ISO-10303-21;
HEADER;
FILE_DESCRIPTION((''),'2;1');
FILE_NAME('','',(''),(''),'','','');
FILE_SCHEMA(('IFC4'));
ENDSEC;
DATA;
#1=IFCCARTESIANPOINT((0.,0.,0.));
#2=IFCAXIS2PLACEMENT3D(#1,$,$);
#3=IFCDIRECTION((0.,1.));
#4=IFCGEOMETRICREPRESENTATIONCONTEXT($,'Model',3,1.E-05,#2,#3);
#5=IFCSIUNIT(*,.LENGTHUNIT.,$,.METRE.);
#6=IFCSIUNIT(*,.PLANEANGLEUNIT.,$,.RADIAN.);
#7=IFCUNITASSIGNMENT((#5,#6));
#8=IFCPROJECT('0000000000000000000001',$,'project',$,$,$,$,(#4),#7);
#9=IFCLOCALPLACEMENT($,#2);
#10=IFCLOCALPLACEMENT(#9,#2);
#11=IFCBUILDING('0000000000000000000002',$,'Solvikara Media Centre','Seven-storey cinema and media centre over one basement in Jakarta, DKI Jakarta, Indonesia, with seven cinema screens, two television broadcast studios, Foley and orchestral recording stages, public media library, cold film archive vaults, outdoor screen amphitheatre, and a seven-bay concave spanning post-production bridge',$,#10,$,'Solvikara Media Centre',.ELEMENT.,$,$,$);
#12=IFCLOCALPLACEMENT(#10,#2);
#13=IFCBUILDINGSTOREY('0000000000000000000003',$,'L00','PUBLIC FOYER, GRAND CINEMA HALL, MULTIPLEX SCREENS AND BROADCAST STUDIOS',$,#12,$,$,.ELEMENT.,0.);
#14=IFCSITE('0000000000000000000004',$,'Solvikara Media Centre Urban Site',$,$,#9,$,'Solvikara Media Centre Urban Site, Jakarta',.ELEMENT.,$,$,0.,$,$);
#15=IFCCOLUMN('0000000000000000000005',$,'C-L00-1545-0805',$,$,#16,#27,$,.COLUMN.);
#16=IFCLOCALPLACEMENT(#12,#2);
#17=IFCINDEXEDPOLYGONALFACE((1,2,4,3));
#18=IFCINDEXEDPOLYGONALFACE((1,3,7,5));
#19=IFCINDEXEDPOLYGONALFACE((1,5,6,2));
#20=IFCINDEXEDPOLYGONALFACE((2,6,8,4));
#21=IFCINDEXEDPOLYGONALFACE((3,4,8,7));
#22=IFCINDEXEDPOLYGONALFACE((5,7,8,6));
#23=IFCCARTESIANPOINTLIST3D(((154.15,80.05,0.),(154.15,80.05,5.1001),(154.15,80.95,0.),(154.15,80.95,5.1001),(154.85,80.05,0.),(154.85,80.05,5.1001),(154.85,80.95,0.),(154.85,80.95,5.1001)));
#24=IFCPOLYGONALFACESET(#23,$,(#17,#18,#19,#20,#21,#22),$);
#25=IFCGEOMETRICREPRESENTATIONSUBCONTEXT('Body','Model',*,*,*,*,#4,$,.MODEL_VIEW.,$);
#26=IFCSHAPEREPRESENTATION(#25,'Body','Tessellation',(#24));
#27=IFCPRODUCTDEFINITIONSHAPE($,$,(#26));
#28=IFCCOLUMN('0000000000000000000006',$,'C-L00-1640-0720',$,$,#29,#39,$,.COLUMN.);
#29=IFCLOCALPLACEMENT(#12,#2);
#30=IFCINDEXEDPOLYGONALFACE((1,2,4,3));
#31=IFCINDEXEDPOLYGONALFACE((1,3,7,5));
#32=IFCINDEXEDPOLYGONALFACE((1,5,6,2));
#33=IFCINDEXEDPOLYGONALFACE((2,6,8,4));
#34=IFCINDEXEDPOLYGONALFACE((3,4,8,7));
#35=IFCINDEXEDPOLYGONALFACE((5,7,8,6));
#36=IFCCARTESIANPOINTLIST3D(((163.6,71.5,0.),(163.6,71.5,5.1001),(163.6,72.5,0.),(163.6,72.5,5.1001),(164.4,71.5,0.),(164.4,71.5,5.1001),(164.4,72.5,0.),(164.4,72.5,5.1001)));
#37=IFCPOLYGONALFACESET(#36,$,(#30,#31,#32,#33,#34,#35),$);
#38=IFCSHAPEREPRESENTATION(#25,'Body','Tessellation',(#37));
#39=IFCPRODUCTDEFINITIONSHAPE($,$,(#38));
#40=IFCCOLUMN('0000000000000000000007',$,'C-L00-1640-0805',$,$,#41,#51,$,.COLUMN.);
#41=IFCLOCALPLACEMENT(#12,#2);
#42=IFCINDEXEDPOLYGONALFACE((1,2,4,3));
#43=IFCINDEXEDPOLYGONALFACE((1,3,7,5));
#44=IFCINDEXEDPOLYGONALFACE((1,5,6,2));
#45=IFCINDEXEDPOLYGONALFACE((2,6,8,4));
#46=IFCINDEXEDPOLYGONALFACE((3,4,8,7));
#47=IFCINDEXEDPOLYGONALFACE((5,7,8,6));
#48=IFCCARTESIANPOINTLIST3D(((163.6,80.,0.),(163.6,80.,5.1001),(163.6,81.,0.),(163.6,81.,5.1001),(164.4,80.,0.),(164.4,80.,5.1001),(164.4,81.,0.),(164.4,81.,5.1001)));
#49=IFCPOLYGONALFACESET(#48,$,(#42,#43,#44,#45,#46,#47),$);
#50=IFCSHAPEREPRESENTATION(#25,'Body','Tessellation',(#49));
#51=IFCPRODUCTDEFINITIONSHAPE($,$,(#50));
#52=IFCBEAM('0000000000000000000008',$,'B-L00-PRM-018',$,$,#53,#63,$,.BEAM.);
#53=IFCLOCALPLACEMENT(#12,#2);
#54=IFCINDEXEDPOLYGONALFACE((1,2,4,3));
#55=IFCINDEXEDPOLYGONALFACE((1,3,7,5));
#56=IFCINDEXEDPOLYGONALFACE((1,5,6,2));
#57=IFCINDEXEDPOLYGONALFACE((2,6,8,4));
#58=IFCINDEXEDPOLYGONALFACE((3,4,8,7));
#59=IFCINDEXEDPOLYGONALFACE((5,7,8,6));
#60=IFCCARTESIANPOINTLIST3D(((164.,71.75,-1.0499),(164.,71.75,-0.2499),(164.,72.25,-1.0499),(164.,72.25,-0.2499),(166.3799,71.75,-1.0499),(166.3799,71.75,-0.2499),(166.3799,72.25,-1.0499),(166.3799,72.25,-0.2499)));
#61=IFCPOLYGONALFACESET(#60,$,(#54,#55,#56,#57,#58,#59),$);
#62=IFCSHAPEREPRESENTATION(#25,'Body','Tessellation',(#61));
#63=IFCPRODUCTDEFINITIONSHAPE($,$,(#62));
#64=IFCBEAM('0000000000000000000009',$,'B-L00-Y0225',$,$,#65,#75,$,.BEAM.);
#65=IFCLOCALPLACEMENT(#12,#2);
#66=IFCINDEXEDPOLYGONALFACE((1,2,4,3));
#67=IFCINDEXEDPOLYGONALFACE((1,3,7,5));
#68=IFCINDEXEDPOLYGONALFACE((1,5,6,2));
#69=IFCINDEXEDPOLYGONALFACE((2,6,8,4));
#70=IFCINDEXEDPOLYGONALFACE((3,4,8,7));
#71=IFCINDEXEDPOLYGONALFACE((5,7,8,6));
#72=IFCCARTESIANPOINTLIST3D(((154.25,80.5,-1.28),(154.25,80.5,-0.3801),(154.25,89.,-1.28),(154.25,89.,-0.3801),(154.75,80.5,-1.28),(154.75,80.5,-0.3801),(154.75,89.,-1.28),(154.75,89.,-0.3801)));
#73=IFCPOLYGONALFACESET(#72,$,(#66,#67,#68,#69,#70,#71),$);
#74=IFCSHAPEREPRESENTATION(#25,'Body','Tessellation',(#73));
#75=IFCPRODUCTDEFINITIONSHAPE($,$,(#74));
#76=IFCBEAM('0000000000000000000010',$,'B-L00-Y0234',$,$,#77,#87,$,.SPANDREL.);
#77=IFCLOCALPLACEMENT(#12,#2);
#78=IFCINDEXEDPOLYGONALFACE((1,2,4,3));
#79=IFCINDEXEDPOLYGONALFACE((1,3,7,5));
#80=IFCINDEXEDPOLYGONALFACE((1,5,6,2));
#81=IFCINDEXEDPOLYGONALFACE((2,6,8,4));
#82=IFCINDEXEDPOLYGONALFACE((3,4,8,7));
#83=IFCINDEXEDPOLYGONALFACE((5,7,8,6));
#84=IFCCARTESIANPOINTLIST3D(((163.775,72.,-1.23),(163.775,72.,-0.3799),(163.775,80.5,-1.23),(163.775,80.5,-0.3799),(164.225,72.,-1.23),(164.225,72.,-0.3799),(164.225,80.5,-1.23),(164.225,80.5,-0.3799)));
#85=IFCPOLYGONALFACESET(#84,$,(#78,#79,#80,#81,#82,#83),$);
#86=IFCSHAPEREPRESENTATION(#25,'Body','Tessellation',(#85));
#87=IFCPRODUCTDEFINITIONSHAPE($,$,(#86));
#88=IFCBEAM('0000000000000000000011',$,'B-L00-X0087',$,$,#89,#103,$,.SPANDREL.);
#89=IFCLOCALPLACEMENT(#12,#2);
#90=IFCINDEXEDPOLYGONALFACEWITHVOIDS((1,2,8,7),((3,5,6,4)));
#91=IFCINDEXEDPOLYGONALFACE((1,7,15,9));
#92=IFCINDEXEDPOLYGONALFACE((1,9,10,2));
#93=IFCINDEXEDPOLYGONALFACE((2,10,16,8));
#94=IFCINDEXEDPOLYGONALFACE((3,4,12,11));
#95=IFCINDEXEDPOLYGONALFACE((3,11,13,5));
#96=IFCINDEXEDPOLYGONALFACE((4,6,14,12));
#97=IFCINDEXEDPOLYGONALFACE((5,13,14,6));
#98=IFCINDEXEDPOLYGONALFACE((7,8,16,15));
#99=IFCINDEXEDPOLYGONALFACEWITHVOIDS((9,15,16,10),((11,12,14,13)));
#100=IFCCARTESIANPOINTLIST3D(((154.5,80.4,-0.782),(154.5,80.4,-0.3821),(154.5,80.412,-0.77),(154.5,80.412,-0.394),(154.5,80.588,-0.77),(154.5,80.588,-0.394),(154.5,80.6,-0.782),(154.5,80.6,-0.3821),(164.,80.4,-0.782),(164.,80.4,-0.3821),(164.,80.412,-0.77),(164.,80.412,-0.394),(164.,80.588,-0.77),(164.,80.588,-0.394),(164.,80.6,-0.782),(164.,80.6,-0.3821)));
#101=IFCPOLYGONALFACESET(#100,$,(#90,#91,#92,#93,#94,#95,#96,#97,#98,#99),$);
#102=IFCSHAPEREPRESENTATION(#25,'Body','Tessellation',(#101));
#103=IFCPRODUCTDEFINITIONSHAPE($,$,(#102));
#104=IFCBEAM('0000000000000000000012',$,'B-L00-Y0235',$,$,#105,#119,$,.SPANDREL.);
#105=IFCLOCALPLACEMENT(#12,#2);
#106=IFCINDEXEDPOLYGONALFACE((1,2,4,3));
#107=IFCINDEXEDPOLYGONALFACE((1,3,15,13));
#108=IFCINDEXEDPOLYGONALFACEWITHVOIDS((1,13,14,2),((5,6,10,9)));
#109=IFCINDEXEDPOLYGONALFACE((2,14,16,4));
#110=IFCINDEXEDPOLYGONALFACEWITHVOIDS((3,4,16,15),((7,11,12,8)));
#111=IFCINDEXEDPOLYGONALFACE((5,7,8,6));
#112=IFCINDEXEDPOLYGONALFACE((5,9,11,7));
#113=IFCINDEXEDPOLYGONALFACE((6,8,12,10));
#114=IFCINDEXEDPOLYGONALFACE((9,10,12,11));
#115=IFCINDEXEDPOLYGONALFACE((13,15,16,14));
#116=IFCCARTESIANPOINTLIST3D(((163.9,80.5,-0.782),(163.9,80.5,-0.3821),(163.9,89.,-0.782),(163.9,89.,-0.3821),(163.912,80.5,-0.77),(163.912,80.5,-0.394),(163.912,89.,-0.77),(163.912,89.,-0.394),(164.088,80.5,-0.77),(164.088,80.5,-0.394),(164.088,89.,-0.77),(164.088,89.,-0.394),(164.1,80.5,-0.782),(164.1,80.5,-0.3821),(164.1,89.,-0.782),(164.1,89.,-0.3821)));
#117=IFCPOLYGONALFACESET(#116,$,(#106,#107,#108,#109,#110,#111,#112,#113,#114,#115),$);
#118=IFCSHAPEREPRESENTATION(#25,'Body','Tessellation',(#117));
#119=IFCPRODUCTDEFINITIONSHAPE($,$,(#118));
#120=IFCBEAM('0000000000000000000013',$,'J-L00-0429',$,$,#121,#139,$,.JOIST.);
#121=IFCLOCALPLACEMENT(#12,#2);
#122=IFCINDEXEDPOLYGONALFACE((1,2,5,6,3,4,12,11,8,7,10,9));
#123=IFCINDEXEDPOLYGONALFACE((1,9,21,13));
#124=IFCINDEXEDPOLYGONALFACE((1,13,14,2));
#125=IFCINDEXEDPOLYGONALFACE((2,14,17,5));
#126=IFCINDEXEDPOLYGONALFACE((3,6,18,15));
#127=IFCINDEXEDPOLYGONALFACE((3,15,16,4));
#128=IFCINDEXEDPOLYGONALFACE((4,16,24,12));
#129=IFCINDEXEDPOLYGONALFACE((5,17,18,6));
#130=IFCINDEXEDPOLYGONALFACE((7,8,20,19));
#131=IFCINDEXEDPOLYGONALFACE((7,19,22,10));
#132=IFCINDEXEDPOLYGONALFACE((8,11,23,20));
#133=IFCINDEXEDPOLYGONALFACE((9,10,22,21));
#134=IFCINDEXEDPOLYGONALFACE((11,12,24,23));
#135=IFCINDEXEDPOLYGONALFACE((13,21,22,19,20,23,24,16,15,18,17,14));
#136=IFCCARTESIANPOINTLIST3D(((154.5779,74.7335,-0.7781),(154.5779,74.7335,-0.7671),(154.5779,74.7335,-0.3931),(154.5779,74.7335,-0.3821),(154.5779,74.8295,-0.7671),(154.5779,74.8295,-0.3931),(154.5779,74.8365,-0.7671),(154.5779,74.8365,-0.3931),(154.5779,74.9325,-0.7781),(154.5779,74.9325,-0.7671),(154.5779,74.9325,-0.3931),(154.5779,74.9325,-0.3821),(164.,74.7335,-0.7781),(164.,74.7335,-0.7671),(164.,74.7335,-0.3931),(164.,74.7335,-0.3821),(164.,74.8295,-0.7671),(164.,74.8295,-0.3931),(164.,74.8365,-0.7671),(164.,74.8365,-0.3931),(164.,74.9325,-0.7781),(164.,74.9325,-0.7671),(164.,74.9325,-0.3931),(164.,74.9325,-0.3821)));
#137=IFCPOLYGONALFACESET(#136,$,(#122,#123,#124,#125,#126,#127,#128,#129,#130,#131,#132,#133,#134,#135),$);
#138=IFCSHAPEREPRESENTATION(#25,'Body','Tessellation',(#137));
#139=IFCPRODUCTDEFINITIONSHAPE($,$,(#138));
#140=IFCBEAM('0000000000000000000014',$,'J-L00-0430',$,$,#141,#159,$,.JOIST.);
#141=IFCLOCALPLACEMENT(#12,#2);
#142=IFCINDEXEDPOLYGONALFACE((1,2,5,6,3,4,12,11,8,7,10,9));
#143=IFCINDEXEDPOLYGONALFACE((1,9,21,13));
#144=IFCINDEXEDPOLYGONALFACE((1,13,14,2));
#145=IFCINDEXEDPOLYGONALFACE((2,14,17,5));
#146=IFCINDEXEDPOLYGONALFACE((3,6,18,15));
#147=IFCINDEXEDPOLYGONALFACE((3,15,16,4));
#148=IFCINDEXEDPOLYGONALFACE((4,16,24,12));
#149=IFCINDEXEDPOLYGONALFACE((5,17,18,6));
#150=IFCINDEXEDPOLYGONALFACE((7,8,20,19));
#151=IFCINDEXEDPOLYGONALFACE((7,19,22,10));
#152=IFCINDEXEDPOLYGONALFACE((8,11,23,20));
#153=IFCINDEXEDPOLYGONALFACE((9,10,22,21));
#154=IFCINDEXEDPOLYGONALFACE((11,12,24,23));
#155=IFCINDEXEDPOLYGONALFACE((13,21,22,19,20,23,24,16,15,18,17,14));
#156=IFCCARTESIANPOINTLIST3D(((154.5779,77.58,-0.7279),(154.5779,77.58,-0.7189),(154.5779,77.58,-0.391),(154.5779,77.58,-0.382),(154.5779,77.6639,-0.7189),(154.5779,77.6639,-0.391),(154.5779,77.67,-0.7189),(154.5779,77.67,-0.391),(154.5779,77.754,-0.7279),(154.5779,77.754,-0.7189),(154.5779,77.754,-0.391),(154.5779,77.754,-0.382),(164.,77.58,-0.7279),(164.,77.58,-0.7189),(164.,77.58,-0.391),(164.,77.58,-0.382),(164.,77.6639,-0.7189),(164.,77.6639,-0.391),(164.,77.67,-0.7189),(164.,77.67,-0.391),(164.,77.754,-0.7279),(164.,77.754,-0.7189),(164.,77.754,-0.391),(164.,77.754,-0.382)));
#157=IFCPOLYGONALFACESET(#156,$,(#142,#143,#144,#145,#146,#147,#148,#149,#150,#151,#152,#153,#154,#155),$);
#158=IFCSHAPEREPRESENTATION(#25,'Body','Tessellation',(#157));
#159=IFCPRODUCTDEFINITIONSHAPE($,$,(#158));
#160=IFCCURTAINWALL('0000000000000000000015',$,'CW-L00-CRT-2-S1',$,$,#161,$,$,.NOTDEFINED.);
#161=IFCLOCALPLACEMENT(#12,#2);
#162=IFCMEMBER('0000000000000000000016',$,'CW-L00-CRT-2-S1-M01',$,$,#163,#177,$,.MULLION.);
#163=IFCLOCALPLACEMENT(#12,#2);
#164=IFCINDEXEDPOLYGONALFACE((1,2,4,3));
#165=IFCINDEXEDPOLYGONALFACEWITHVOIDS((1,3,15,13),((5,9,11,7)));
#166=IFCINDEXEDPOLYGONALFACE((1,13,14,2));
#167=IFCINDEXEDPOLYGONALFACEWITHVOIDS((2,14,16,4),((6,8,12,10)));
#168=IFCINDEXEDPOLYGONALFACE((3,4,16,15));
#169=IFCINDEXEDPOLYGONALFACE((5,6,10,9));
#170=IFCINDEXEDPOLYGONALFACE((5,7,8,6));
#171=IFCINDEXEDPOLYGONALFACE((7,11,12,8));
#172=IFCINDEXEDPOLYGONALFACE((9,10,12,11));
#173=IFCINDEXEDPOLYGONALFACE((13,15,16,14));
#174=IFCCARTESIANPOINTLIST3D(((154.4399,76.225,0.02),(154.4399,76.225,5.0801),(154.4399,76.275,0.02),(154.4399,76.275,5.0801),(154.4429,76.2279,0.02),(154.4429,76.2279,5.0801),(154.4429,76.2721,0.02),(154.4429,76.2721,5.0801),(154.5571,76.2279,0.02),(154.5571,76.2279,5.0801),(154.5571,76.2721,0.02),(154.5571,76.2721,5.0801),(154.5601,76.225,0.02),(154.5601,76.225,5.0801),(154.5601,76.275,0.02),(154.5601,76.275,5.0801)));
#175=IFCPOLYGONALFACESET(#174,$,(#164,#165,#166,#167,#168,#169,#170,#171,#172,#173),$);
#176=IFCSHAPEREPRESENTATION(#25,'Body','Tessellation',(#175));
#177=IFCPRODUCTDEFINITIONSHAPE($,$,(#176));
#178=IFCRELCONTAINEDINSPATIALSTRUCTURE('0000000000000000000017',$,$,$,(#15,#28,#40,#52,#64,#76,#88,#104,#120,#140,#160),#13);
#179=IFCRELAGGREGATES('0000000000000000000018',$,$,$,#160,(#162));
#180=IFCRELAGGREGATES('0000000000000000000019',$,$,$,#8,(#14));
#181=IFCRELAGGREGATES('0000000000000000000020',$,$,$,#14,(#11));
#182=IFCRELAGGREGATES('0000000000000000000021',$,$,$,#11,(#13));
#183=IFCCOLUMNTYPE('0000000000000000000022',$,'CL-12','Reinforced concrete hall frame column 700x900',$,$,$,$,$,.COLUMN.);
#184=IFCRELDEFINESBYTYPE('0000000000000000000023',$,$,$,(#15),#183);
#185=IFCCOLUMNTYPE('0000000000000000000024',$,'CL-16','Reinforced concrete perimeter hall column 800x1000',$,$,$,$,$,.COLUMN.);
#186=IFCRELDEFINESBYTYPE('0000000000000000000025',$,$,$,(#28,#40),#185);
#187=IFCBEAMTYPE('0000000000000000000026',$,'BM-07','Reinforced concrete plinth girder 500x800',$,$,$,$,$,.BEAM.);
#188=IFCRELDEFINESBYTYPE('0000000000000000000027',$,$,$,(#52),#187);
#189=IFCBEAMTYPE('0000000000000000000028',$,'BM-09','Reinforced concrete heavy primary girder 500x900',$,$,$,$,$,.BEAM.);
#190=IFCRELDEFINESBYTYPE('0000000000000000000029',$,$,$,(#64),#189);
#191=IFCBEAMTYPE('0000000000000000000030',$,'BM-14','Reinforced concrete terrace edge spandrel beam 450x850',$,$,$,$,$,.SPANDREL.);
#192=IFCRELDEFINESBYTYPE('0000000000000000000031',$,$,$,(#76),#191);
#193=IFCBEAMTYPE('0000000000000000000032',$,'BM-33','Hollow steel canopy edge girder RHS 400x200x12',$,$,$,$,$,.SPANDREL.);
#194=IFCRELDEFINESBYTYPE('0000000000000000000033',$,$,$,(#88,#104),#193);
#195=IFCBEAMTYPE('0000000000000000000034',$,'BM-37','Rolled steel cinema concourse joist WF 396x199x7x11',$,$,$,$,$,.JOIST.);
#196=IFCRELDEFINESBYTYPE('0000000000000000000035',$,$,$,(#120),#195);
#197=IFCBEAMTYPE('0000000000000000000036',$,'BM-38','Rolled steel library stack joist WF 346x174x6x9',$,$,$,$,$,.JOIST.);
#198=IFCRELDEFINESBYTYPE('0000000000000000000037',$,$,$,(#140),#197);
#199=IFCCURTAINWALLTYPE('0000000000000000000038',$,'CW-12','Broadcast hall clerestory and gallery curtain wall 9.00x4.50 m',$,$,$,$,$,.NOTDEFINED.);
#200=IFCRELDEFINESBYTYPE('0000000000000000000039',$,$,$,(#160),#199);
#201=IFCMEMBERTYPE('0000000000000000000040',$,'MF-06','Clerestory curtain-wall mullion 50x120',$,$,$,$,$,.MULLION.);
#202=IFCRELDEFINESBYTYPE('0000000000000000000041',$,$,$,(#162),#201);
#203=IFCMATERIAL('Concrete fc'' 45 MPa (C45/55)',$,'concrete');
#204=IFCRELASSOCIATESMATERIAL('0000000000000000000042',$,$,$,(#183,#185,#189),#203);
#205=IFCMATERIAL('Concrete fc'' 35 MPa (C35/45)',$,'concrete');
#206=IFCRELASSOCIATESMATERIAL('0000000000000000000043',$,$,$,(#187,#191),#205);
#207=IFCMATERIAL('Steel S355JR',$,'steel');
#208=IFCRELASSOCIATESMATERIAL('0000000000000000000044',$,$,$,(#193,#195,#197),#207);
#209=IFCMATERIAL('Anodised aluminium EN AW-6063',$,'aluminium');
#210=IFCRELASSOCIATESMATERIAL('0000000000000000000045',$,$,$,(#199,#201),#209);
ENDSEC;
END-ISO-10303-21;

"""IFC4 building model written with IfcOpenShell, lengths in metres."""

from ifc_helpers import new_model, si_unit, direction, frame, origin, origin_2d, place, context, subcontext, project, spatial, rectangle, hollow_rectangle, i_section, extrude, material, material_profile, profile_set, type_object, element, aggregate, save


model = new_model("IFC4")

# Units and contexts
model_context = context("Model", 3, precision=1e-05, world=origin(), true_north=direction((0.0, 1.0)))
body_context = subcontext(model_context, "Body", "Model", "MODEL_VIEW")
ifc_project = project(units=[si_unit("LENGTHUNIT", "METRE"), si_unit("PLANEANGLEUNIT", "RADIAN")], contexts=[model_context])

# Site, building, storey
site_placement = place(None, origin())
site = spatial("IfcSite", under=ifc_project, at=site_placement, Name="Solvikara Media Centre Urban Site", LongName="Solvikara Media Centre Urban Site, Jakarta", CompositionType="ELEMENT", RefElevation=0.0)
building_placement = place(site_placement, origin())
building = spatial("IfcBuilding", under=site, at=building_placement, Name="Solvikara Media Centre", Description="Seven-storey cinema and media centre over one basement in Jakarta, DKI Jakarta, Indonesia, with seven cinema screens, two television broadcast studios, Foley and orchestral recording stages, public media library, cold film archive vaults, outdoor screen amphitheatre, and a seven-bay concave spanning post-production bridge", LongName="Solvikara Media Centre", CompositionType="ELEMENT")
storey_placement = place(building_placement, origin())
storey = spatial("IfcBuildingStorey", under=building, at=storey_placement, Name="L00", Description="PUBLIC FOYER, GRAND CINEMA HALL, MULTIPLEX SCREENS AND BROADCAST STUDIOS", CompositionType="ELEMENT", Elevation=0.0)

# Columns
ifc_material_1 = material(Name="Concrete fc' 45 MPa (C45/55)", Category="concrete")
ifc_material_profile_1 = material_profile(ifc_material_1, rectangle(XDim=0.7, YDim=0.8999, at=origin_2d()), Name="RC 700x900")
ifc_profile_set_1 = profile_set([ifc_material_profile_1], Name="Concrete fc' 45 MPa (C45/55)")
column_type_1 = type_object("IfcColumnType", Name="CL-12", Description="Reinforced concrete hall frame column 700x900", PredefinedType="COLUMN", material=ifc_profile_set_1)
column_placement = place(storey_placement, frame((154.5, 80.5, 0.0), z_axis=(0.0, 0.0, 1.0), x_axis=(1.0, 0.0, 0.0)))
element("IfcColumn", 1, at=column_placement, inside=storey, type_object=column_type_1, Name="C-L00-1545-0805", PredefinedType="COLUMN", context=body_context, shape_type="SweptSolid", body=[
    extrude(rectangle(XDim=0.7, YDim=0.8999, at=origin_2d()), origin(), (0.0, 0.0, 1.0), 5.1001),
])
ifc_material_profile_2 = material_profile(ifc_material_1, rectangle(XDim=0.8, YDim=1.0, at=origin_2d()), Name="RC 800x1000")
ifc_profile_set_2 = profile_set([ifc_material_profile_2], Name="Concrete fc' 45 MPa (C45/55)")
column_type_2 = type_object("IfcColumnType", Name="CL-16", Description="Reinforced concrete perimeter hall column 800x1000", PredefinedType="COLUMN", material=ifc_profile_set_2)
for number, where, z_axis, x_axis, name in (
    (2, (164.0, 72.0, 0.0), (0.0, 0.0, 1.0), (1.0, 0.0, 0.0), "C-L00-1640-0720"),
    (3, (164.0, 80.5, 0.0), (0.0, 0.0, 1.0), (1.0, 0.0, 0.0), "C-L00-1640-0805"),
):
    element("IfcColumn", number, at=place(storey_placement, frame(where, z_axis=z_axis, x_axis=x_axis)), inside=storey, type_object=column_type_2, Name=name, PredefinedType="COLUMN", context=body_context, shape_type="SweptSolid", body=[
        extrude(rectangle(XDim=0.8, YDim=1.0, at=origin_2d()), origin(), (0.0, 0.0, 1.0), 5.1001),
    ])

# Beams
ifc_material_2 = material(Name="Concrete fc' 35 MPa (C35/45)", Category="concrete")
ifc_material_profile_3 = material_profile(ifc_material_2, rectangle(XDim=0.5, YDim=0.8, at=origin_2d()), Name="RC 500x800")
ifc_profile_set_3 = profile_set([ifc_material_profile_3], Name="Concrete fc' 35 MPa (C35/45)")
beam_type_1 = type_object("IfcBeamType", Name="BM-07", Description="Reinforced concrete plinth girder 500x800", PredefinedType="BEAM", material=ifc_profile_set_3)
beam_1_placement = place(storey_placement, frame((164.0, 72.0, -0.6499), z_axis=(1.0, 0.0, 0.0), x_axis=(0.0, 1.0, 0.0)))
element("IfcBeam", 4, at=beam_1_placement, inside=storey, type_object=beam_type_1, Name="B-L00-PRM-018", PredefinedType="BEAM", context=body_context, shape_type="SweptSolid", body=[
    extrude(rectangle(XDim=0.5, YDim=0.8, at=origin_2d()), origin(), (0.0, 0.0, 1.0), 2.3799),
])
ifc_material_profile_4 = material_profile(ifc_material_1, rectangle(XDim=0.5, YDim=0.8999, at=origin_2d()), Name="RC 500x900")
ifc_profile_set_4 = profile_set([ifc_material_profile_4], Name="Concrete fc' 45 MPa (C45/55)")
beam_type_2 = type_object("IfcBeamType", Name="BM-09", Description="Reinforced concrete heavy primary girder 500x900", PredefinedType="BEAM", material=ifc_profile_set_4)
beam_2_placement = place(storey_placement, frame((154.5, 80.5, -0.8301), z_axis=(0.0, 1.0, 0.0), x_axis=(-1.0, 0.0, 0.0)))
element("IfcBeam", 5, at=beam_2_placement, inside=storey, type_object=beam_type_2, Name="B-L00-Y0225", PredefinedType="BEAM", context=body_context, shape_type="SweptSolid", body=[
    extrude(rectangle(XDim=0.5, YDim=0.8999, at=origin_2d()), origin(), (0.0, 0.0, 1.0), 8.5),
])
ifc_material_profile_5 = material_profile(ifc_material_2, rectangle(XDim=0.45, YDim=0.8501, at=origin_2d()), Name="RC 450x850")
ifc_profile_set_5 = profile_set([ifc_material_profile_5], Name="Concrete fc' 35 MPa (C35/45)")
beam_type_3 = type_object("IfcBeamType", Name="BM-14", Description="Reinforced concrete terrace edge spandrel beam 450x850", PredefinedType="SPANDREL", material=ifc_profile_set_5)
beam_3_placement = place(storey_placement, frame((164.0, 72.0, -0.8049), z_axis=(0.0, 1.0, 0.0), x_axis=(-1.0, 0.0, 0.0)))
element("IfcBeam", 6, at=beam_3_placement, inside=storey, type_object=beam_type_3, Name="B-L00-Y0234", PredefinedType="SPANDREL", context=body_context, shape_type="SweptSolid", body=[
    extrude(rectangle(XDim=0.45, YDim=0.8501, at=origin_2d()), origin(), (0.0, 0.0, 1.0), 8.5),
])
ifc_material_3 = material(Name="Steel S355JR", Category="steel")
ifc_material_profile_6 = material_profile(ifc_material_3, hollow_rectangle(XDim=0.2, YDim=0.3999, WallThickness=0.012, at=origin_2d()), Name="RHS 400x200x12")
ifc_profile_set_6 = profile_set([ifc_material_profile_6], Name="Steel S355JR")
beam_type_4 = type_object("IfcBeamType", Name="BM-33", Description="Hollow steel canopy edge girder RHS 400x200x12", PredefinedType="SPANDREL", material=ifc_profile_set_6)
beam_4_placement = place(storey_placement, frame((154.5, 80.5, -0.582), z_axis=(1.0, 0.0, 0.0), x_axis=(0.0, 1.0, 0.0)))
element("IfcBeam", 7, at=beam_4_placement, inside=storey, type_object=beam_type_4, Name="B-L00-X0087", PredefinedType="SPANDREL", context=body_context, shape_type="SweptSolid", body=[
    extrude(hollow_rectangle(XDim=0.2, YDim=0.3999, WallThickness=0.012, at=origin_2d()), origin(), (0.0, 0.0, 1.0), 9.5),
])
beam_5_placement = place(storey_placement, frame((164.0, 80.5, -0.582), z_axis=(0.0, 1.0, 0.0), x_axis=(-1.0, 0.0, 0.0)))
element("IfcBeam", 8, at=beam_5_placement, inside=storey, type_object=beam_type_4, Name="B-L00-Y0235", PredefinedType="SPANDREL", context=body_context, shape_type="SweptSolid", body=[
    extrude(hollow_rectangle(XDim=0.2, YDim=0.3999, WallThickness=0.012, at=origin_2d()), origin(), (0.0, 0.0, 1.0), 8.5),
])
ifc_material_profile_7 = material_profile(ifc_material_3, i_section(OverallWidth=0.199, OverallDepth=0.396, WebThickness=0.0071, FlangeThickness=0.011, at=origin_2d()), Name="WF 396x199x7x11")
ifc_profile_set_7 = profile_set([ifc_material_profile_7], Name="Steel S355JR")
beam_type_5 = type_object("IfcBeamType", Name="BM-37", Description="Rolled steel cinema concourse joist WF 396x199x7x11", PredefinedType="JOIST", material=ifc_profile_set_7)
beam_6_placement = place(storey_placement, frame((154.5779, 74.833, -0.5801), z_axis=(1.0, 0.0, 0.0), x_axis=(0.0, 1.0, 0.0)))
element("IfcBeam", 9, at=beam_6_placement, inside=storey, type_object=beam_type_5, Name="J-L00-0429", PredefinedType="JOIST", context=body_context, shape_type="SweptSolid", body=[
    extrude(i_section(OverallWidth=0.199, OverallDepth=0.396, WebThickness=0.0071, FlangeThickness=0.011, at=origin_2d()), origin(), (0.0, 0.0, 1.0), 9.4221),
])
ifc_material_profile_8 = material_profile(ifc_material_3, i_section(OverallWidth=0.1741, OverallDepth=0.3459, WebThickness=0.0061, FlangeThickness=0.009, at=origin_2d()), Name="WF 346x174x6x9")
ifc_profile_set_8 = profile_set([ifc_material_profile_8], Name="Steel S355JR")
beam_type_6 = type_object("IfcBeamType", Name="BM-38", Description="Rolled steel library stack joist WF 346x174x6x9", PredefinedType="JOIST", material=ifc_profile_set_8)
beam_7_placement = place(storey_placement, frame((154.5779, 77.667, -0.5549), z_axis=(1.0, 0.0, 0.0), x_axis=(0.0, 1.0, 0.0)))
element("IfcBeam", 10, at=beam_7_placement, inside=storey, type_object=beam_type_6, Name="J-L00-0430", PredefinedType="JOIST", context=body_context, shape_type="SweptSolid", body=[
    extrude(i_section(OverallWidth=0.1741, OverallDepth=0.3459, WebThickness=0.0061, FlangeThickness=0.009, at=origin_2d()), origin(), (0.0, 0.0, 1.0), 9.4221),
])

# Curtain wall, member
ifc_material_4 = material(Name="Anodised aluminium EN AW-6063", Category="aluminium")
curtain_wall_type = type_object("IfcCurtainWallType", Name="CW-12", Description="Broadcast hall clerestory and gallery curtain wall 9.00x4.50 m", PredefinedType="NOTDEFINED", material=ifc_material_4)
curtain_wall_placement = place(storey_placement, origin())
curtain_wall = element("IfcCurtainWall", 11, at=curtain_wall_placement, inside=storey, type_object=curtain_wall_type, Name="CW-L00-CRT-2-S1", PredefinedType="NOTDEFINED")
ifc_material_profile_9 = material_profile(ifc_material_4, hollow_rectangle(XDim=0.05, YDim=0.1201, WallThickness=0.0029, at=origin_2d()), Name="ALU-M 50x120x3")
ifc_profile_set_9 = profile_set([ifc_material_profile_9], Name="Anodised aluminium EN AW-6063")
member_type_1 = type_object("IfcMemberType", Name="MF-06", Description="Clerestory curtain-wall mullion 50x120", PredefinedType="MULLION", material=ifc_profile_set_9)
member_1_placement = place(storey_placement, frame((154.5, 76.25, 0.02), z_axis=(0.0, 0.0, 1.0), x_axis=(0.0, 1.0, 0.0)))
member_1 = element("IfcMember", 12, at=member_1_placement, type_object=member_type_1, Name="CW-L00-CRT-2-S1-M01", PredefinedType="MULLION", context=body_context, shape_type="SweptSolid", body=[
    extrude(hollow_rectangle(XDim=0.05, YDim=0.1201, WallThickness=0.0029, at=origin_2d()), origin(), (0.0, 0.0, 1.0), 5.0601),
])
aggregate(curtain_wall, [member_1])

save(model, "model.ifc")
